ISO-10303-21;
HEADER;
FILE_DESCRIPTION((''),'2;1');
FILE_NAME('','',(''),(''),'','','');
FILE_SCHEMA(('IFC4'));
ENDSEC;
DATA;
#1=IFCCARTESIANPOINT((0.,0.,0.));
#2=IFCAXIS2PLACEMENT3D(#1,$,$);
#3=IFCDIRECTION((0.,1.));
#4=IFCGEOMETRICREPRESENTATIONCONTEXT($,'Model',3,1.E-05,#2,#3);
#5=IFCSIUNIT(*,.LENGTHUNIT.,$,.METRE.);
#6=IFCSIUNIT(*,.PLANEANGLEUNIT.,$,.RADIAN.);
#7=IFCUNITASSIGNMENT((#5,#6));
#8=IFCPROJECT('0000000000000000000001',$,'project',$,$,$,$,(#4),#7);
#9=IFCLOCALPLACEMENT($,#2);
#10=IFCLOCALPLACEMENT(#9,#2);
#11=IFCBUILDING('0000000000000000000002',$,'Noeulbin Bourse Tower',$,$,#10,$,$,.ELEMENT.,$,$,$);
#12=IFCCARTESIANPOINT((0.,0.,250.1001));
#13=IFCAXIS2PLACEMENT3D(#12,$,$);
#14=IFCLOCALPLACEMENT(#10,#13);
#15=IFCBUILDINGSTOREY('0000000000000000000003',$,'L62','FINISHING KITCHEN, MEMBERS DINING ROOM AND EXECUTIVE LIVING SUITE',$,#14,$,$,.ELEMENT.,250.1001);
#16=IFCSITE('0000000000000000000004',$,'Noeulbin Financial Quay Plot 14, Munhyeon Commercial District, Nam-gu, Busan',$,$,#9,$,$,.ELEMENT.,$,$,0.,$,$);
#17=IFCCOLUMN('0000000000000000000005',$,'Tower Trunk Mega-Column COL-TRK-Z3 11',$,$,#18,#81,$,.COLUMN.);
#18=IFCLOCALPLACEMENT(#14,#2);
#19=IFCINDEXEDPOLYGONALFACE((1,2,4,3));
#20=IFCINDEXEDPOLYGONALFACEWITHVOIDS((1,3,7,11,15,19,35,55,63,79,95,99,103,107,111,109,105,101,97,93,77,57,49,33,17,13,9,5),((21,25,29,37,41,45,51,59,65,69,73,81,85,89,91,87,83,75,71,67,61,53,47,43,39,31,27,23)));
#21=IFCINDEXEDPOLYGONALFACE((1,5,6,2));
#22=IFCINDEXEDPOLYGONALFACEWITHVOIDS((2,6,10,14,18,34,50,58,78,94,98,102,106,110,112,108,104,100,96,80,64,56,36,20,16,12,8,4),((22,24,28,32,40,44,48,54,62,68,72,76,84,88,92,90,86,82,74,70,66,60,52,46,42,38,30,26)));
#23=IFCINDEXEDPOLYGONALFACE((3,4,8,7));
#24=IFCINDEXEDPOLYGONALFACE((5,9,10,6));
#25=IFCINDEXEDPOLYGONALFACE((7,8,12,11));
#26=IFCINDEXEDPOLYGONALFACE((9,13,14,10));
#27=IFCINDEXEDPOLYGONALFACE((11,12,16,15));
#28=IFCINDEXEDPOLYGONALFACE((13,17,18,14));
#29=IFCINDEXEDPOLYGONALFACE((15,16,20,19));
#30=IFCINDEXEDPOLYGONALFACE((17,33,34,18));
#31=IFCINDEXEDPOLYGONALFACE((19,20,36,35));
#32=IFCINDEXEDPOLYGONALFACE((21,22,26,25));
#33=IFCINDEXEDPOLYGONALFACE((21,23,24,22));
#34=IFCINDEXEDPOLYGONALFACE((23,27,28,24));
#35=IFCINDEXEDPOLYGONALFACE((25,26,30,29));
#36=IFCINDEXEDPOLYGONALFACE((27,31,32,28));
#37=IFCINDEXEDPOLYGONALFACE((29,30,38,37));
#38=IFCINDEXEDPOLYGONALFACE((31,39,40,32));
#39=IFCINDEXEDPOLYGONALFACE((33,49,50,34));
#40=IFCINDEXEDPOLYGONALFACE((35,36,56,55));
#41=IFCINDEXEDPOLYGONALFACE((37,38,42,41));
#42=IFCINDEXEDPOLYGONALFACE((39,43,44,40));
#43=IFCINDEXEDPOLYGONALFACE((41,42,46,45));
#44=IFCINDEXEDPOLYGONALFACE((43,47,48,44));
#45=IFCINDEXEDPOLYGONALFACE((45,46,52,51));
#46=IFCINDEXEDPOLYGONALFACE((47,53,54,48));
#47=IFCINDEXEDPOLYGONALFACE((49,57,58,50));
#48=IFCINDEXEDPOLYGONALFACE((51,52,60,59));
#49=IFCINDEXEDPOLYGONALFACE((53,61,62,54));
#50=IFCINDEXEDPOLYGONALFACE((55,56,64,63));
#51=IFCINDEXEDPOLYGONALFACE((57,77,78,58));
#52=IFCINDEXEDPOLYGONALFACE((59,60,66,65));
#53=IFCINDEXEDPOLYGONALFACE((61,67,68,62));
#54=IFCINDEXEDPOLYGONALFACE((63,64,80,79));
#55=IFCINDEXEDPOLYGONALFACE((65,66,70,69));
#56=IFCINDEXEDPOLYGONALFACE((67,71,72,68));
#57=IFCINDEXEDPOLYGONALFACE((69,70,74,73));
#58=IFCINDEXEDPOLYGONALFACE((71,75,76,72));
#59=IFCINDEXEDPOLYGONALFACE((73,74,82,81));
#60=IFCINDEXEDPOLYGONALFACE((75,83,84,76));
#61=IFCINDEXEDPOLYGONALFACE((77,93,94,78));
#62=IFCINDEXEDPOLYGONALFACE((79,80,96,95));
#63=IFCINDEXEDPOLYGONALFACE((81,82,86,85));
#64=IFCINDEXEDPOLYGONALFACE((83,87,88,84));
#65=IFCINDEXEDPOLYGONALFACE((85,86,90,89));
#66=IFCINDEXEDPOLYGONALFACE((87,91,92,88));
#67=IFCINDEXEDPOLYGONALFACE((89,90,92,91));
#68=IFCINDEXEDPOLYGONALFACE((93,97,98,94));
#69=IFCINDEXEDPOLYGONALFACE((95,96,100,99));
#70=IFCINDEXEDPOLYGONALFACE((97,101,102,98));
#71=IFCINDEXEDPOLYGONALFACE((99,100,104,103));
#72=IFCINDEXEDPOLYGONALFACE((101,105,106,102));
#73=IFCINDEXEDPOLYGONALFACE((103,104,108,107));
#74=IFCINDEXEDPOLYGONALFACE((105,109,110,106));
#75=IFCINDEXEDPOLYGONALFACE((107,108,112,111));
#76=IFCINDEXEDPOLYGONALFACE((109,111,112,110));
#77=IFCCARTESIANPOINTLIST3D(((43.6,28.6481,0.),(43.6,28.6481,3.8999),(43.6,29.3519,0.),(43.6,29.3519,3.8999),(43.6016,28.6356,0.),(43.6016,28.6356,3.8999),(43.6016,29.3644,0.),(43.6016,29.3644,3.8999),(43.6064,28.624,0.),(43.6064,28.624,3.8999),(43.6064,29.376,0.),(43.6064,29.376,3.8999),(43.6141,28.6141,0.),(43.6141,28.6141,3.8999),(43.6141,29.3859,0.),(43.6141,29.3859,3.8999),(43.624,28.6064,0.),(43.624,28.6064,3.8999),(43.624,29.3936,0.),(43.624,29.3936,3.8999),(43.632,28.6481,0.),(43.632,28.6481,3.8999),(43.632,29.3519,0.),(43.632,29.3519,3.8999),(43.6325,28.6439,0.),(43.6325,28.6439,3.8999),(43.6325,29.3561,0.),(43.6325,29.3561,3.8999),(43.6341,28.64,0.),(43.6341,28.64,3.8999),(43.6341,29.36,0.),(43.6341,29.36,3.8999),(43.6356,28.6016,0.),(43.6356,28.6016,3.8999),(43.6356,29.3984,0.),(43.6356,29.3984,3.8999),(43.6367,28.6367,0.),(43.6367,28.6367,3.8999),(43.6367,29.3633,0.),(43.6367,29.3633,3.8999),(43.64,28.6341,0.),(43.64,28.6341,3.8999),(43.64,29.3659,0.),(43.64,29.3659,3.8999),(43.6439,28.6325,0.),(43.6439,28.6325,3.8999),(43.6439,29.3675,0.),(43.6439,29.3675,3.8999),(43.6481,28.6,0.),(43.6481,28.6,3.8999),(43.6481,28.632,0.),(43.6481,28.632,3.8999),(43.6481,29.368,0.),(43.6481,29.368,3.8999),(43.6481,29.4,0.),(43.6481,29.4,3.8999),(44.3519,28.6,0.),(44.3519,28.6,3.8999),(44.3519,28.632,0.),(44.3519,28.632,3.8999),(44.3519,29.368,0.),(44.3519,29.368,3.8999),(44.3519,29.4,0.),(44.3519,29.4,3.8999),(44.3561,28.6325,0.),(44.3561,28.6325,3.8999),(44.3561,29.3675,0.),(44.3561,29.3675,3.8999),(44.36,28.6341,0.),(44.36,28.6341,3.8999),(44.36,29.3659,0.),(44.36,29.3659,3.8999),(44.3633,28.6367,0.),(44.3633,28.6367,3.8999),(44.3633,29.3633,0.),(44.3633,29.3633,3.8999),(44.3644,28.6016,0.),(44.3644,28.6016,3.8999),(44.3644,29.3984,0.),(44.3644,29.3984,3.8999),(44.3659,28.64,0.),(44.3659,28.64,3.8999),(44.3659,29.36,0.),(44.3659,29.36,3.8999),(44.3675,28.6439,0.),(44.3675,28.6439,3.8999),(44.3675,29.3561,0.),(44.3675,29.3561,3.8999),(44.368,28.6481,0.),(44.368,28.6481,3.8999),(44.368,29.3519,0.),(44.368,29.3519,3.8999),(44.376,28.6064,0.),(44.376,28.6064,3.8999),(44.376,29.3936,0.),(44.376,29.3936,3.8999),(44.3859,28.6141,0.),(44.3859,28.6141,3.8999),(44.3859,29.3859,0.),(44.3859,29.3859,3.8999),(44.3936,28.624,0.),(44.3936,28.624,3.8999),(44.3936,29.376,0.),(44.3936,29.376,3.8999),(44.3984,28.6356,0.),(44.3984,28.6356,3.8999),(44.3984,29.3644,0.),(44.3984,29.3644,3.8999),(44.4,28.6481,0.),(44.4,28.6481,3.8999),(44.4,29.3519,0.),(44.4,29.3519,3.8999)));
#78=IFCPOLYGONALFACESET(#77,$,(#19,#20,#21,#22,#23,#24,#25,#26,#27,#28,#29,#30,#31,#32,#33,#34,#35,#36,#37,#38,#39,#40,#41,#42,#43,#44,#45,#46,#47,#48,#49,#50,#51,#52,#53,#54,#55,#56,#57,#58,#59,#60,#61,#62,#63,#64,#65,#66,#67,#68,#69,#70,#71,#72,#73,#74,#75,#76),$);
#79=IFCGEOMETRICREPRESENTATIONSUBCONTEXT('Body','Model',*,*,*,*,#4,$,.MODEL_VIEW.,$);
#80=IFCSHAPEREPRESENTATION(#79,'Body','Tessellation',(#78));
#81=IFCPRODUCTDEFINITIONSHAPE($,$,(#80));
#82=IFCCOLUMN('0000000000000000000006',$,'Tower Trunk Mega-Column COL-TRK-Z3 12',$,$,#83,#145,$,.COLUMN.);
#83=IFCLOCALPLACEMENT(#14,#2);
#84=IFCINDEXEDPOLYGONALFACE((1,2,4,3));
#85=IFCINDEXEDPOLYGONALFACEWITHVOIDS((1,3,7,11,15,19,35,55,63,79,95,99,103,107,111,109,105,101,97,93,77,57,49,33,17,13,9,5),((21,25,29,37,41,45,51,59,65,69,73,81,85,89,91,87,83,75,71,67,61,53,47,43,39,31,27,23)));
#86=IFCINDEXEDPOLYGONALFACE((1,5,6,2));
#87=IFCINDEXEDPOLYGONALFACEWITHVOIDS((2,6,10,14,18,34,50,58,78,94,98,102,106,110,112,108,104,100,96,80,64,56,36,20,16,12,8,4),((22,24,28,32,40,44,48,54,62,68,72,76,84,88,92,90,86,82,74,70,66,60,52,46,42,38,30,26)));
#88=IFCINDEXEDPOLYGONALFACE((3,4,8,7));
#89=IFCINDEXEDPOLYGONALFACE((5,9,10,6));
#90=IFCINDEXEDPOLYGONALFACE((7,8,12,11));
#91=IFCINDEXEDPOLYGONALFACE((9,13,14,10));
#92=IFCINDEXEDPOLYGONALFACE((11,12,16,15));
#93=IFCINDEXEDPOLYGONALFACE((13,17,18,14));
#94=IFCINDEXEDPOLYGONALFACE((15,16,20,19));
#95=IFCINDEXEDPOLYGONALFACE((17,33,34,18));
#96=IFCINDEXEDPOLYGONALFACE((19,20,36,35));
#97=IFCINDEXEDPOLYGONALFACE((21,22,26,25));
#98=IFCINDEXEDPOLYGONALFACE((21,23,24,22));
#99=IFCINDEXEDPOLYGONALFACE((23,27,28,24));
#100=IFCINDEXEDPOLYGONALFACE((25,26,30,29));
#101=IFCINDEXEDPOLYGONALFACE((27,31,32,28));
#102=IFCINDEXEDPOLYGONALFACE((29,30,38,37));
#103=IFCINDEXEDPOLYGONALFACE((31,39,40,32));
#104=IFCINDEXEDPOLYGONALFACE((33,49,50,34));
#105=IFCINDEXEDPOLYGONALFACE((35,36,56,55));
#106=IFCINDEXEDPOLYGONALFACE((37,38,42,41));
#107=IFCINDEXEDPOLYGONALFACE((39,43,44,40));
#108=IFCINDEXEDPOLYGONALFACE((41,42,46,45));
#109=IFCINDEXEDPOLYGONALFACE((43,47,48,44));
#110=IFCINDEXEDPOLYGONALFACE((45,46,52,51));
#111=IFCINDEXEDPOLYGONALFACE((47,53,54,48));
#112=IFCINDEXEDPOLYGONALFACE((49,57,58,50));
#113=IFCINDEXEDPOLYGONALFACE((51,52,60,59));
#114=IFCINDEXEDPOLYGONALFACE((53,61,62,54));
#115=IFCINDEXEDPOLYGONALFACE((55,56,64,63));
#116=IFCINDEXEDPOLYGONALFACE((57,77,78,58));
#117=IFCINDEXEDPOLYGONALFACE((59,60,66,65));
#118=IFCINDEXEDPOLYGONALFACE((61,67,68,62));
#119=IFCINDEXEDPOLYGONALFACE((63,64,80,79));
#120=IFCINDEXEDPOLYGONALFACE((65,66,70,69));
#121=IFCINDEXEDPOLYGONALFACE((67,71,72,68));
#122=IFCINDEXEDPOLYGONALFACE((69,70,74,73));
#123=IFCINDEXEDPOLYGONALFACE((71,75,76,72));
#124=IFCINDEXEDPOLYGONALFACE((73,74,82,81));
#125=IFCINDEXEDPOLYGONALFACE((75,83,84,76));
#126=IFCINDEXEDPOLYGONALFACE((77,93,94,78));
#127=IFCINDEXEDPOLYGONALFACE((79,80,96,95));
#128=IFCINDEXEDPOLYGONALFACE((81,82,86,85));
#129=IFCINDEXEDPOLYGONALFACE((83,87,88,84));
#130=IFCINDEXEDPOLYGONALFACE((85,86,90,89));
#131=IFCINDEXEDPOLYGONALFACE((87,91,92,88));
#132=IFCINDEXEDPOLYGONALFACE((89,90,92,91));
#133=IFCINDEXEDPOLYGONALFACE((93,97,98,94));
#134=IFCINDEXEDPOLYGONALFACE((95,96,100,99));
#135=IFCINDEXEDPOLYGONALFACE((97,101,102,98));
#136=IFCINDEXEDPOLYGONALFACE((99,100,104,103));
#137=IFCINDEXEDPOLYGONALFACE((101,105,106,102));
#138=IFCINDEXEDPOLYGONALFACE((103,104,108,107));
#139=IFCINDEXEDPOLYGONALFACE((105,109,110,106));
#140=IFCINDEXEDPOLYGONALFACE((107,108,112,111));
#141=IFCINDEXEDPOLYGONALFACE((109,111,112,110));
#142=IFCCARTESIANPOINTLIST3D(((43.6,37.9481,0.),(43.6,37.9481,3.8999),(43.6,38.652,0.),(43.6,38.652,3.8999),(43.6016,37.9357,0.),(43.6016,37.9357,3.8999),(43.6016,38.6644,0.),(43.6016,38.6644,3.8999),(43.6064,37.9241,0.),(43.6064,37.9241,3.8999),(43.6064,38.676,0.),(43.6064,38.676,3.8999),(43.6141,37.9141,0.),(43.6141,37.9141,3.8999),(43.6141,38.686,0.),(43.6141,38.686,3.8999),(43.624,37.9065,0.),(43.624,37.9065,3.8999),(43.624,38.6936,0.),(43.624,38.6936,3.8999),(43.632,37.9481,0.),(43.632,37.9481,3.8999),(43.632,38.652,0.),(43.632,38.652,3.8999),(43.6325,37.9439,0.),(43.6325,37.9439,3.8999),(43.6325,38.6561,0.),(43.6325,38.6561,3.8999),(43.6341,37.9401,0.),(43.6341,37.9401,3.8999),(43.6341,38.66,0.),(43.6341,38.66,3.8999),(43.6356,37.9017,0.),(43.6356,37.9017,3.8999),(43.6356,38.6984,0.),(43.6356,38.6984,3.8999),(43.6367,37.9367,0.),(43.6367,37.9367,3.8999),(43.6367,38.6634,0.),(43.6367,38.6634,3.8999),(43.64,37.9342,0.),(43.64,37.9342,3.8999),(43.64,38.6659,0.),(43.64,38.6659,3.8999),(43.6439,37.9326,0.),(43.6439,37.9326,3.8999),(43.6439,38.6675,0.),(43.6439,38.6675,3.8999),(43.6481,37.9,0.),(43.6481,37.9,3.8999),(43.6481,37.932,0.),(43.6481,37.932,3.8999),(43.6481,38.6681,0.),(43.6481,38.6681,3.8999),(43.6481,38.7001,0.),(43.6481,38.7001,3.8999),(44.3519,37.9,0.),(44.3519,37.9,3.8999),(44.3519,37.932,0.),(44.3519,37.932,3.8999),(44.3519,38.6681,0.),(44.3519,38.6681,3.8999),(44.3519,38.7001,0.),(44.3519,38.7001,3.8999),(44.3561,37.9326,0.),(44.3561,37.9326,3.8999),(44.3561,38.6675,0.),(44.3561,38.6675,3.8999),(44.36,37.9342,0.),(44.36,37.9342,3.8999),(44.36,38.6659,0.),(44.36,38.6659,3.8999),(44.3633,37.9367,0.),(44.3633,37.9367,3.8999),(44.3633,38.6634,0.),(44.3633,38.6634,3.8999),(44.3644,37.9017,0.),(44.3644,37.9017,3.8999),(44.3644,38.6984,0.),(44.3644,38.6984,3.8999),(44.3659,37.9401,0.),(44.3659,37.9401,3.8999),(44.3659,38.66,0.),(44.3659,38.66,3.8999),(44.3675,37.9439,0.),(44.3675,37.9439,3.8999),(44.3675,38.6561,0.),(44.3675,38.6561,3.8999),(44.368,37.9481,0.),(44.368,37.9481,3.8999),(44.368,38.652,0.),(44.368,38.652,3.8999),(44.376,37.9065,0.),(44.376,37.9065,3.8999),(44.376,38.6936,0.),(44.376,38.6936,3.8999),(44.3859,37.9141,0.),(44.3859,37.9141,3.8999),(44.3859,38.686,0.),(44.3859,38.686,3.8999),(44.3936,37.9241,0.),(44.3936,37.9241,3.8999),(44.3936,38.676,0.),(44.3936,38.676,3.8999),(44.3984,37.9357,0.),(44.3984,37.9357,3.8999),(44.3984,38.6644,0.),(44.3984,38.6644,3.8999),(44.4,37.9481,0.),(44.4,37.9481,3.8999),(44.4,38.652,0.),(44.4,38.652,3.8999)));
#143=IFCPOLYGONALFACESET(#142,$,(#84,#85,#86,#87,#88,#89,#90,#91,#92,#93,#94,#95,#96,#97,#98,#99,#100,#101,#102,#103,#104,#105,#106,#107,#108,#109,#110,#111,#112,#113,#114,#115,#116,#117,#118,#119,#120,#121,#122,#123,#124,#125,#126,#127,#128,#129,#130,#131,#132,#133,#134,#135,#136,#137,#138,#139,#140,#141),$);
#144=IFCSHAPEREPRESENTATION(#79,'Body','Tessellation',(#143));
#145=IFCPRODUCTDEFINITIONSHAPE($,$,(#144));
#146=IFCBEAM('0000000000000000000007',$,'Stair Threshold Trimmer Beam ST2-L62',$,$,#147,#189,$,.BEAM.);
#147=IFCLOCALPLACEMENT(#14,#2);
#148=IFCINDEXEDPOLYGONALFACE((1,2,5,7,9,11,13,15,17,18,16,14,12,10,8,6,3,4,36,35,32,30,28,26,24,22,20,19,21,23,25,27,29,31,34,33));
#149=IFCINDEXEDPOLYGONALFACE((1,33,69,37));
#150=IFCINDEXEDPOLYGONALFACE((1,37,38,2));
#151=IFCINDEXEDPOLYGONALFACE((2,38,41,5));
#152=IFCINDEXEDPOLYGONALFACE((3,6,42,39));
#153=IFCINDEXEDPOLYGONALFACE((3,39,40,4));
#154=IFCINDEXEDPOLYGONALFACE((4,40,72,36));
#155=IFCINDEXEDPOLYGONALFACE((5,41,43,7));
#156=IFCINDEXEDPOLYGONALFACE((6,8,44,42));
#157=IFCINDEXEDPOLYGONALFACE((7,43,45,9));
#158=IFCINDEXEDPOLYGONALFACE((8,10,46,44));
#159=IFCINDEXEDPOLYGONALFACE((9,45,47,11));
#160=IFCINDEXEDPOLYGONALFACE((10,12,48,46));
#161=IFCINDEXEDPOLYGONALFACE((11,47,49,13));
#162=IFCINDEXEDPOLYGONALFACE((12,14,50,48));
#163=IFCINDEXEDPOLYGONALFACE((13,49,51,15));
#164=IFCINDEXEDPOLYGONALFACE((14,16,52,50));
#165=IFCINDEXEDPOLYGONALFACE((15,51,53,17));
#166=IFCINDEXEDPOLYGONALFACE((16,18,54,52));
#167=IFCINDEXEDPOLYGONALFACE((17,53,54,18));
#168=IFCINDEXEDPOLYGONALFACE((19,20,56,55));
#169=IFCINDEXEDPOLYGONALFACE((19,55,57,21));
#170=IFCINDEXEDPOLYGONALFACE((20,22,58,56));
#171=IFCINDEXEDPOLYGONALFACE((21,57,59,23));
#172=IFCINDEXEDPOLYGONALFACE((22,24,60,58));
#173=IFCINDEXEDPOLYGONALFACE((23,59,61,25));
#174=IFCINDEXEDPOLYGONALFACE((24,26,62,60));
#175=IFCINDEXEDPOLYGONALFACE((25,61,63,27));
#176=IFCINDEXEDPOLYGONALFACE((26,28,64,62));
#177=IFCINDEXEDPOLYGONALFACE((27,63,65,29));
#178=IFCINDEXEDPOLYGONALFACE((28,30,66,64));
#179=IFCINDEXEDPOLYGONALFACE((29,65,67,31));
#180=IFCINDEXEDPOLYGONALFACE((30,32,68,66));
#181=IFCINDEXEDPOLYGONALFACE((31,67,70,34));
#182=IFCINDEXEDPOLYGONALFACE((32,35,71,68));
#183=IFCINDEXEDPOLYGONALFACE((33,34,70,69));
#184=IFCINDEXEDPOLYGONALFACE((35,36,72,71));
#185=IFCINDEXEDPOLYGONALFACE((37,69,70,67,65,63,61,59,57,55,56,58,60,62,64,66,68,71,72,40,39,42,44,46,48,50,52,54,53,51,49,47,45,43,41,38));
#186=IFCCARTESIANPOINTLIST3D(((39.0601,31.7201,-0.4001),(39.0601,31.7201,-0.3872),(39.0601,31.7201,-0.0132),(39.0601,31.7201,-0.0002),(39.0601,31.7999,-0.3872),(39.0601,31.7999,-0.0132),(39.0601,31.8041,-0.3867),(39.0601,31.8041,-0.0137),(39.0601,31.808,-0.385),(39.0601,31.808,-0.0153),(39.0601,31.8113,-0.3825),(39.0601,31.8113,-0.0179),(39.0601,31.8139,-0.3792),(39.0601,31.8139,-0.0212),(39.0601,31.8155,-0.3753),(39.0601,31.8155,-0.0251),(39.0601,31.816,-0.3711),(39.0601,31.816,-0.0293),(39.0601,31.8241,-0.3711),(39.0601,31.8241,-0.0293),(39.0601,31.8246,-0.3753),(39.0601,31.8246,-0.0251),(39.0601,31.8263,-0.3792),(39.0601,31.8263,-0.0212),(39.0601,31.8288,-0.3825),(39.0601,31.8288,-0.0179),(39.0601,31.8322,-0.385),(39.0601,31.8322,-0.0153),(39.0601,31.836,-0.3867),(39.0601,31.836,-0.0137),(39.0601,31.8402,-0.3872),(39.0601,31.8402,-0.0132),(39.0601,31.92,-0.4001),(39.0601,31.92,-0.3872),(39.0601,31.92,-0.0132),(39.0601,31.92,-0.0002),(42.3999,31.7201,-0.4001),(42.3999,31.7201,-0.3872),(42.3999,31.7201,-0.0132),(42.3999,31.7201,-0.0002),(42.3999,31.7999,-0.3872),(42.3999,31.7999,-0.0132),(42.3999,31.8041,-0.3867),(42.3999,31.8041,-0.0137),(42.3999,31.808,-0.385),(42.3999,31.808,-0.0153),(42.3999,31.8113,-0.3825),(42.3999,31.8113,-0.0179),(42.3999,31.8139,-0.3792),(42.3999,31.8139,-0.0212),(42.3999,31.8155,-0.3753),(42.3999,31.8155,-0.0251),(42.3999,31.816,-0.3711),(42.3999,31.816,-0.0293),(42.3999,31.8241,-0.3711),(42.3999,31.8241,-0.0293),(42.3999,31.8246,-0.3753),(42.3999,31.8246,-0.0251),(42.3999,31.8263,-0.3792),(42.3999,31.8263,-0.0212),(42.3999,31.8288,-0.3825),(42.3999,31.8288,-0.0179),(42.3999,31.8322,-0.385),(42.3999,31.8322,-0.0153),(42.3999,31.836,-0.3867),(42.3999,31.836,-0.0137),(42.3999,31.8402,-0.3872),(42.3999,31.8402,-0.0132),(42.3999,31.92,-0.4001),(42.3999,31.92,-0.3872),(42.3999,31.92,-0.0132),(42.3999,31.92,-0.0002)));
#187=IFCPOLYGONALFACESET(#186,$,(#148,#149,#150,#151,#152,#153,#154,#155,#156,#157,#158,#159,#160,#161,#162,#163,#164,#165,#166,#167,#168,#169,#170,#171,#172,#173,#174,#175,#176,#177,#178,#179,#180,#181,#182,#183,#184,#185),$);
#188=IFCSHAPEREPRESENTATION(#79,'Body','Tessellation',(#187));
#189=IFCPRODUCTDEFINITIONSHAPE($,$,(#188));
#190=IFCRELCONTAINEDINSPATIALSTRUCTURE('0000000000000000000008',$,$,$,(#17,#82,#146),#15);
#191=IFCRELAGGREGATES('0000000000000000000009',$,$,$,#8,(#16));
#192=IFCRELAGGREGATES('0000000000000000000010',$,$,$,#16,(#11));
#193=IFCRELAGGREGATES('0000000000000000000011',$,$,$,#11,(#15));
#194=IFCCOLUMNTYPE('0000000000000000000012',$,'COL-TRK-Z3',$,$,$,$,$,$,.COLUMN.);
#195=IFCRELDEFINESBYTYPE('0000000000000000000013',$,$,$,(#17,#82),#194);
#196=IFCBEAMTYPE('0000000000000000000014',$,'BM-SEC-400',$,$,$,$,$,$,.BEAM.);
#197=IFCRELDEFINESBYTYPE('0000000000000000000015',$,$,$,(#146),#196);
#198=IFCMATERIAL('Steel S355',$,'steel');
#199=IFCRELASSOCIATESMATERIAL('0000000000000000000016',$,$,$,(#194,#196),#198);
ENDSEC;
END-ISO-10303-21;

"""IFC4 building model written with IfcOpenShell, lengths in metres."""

from ifc_helpers import new_model, si_unit, direction, frame, origin, origin_2d, place, context, subcontext, project, spatial, hollow_rectangle, i_section, extrude, material, material_profile, profile_set, type_object, element, save


model = new_model("IFC4")

# Units and contexts
model_context = context("Model", 3, precision=1e-05, world=origin(), true_north=direction((0.0, 1.0)))
body_context = subcontext(model_context, "Body", "Model", "MODEL_VIEW")
ifc_project = project(units=[si_unit("LENGTHUNIT", "METRE"), si_unit("PLANEANGLEUNIT", "RADIAN")], contexts=[model_context])

# Site, building, storey
site_placement = place(None, origin())
site = spatial("IfcSite", under=ifc_project, at=site_placement, Name="Noeulbin Financial Quay Plot 14, Munhyeon Commercial District, Nam-gu, Busan", CompositionType="ELEMENT", RefElevation=0.0)
building_placement = place(site_placement, origin())
building = spatial("IfcBuilding", under=site, at=building_placement, Name="Noeulbin Bourse Tower", CompositionType="ELEMENT")
storey_placement = place(building_placement, frame((0.0, 0.0, 250.1001)))
storey = spatial("IfcBuildingStorey", under=building, at=storey_placement, Name="L62", Description="FINISHING KITCHEN, MEMBERS DINING ROOM AND EXECUTIVE LIVING SUITE", CompositionType="ELEMENT", Elevation=250.1001)

# Columns
ifc_material_1 = material(Name="Steel S355", Category="steel")
ifc_material_profile_1 = material_profile(ifc_material_1, hollow_rectangle(XDim=0.8, YDim=0.8, WallThickness=0.032, InnerFilletRadius=0.0161, OuterFilletRadius=0.0481, at=origin_2d()), Name="BOX-800x800x32", Category="LoadBearing")
ifc_profile_set_1 = profile_set([ifc_material_profile_1], Name="Steel S355")
column_type = type_object("IfcColumnType", Name="COL-TRK-Z3", PredefinedType="COLUMN", material=ifc_profile_set_1)
for number, where, z_axis, x_axis, name in (
    (1, (44.0, 29.0, 0.0), (0.0, 0.0, 1.0), (1.0, 0.0, 0.0), "Tower Trunk Mega-Column COL-TRK-Z3 11"),
    (2, (44.0, 38.3, 0.0), (0.0, 0.0, 1.0), (1.0, 0.0, 0.0), "Tower Trunk Mega-Column COL-TRK-Z3 12"),
):
    element("IfcColumn", number, at=place(storey_placement, frame(where, z_axis=z_axis, x_axis=x_axis)), inside=storey, type_object=column_type, Name=name, PredefinedType="COLUMN", context=body_context, shape_type="SweptSolid", body=[
        extrude(hollow_rectangle(XDim=0.8, YDim=0.8, WallThickness=0.032, InnerFilletRadius=0.0161, OuterFilletRadius=0.0481, at=origin_2d()), origin(), (0.0, 0.0, 1.0), 3.8999),
    ])

# Beam
ifc_material_profile_2 = material_profile(ifc_material_1, i_section(OverallWidth=0.2, OverallDepth=0.3999, WebThickness=0.0081, FlangeThickness=0.0129, FilletRadius=0.0161, at=origin_2d()), Name="H-400x200x8x13", Category="LoadBearing")
ifc_profile_set_2 = profile_set([ifc_material_profile_2], Name="Steel S355")
beam_type = type_object("IfcBeamType", Name="BM-SEC-400", PredefinedType="BEAM", material=ifc_profile_set_2)
beam_placement = place(storey_placement, frame((39.0601, 31.8201, -0.2002), z_axis=(1.0, 0.0, 0.0), x_axis=(0.0, 1.0, 0.0)))
element("IfcBeam", 3, at=beam_placement, inside=storey, type_object=beam_type, Name="Stair Threshold Trimmer Beam ST2-L62", PredefinedType="BEAM", context=body_context, shape_type="SweptSolid", body=[
    extrude(i_section(OverallWidth=0.2, OverallDepth=0.3999, WebThickness=0.0081, FlangeThickness=0.0129, FilletRadius=0.0161, at=origin_2d()), origin(), (0.0, 0.0, 1.0), 3.3398),
])

save(model, "model.ifc")
